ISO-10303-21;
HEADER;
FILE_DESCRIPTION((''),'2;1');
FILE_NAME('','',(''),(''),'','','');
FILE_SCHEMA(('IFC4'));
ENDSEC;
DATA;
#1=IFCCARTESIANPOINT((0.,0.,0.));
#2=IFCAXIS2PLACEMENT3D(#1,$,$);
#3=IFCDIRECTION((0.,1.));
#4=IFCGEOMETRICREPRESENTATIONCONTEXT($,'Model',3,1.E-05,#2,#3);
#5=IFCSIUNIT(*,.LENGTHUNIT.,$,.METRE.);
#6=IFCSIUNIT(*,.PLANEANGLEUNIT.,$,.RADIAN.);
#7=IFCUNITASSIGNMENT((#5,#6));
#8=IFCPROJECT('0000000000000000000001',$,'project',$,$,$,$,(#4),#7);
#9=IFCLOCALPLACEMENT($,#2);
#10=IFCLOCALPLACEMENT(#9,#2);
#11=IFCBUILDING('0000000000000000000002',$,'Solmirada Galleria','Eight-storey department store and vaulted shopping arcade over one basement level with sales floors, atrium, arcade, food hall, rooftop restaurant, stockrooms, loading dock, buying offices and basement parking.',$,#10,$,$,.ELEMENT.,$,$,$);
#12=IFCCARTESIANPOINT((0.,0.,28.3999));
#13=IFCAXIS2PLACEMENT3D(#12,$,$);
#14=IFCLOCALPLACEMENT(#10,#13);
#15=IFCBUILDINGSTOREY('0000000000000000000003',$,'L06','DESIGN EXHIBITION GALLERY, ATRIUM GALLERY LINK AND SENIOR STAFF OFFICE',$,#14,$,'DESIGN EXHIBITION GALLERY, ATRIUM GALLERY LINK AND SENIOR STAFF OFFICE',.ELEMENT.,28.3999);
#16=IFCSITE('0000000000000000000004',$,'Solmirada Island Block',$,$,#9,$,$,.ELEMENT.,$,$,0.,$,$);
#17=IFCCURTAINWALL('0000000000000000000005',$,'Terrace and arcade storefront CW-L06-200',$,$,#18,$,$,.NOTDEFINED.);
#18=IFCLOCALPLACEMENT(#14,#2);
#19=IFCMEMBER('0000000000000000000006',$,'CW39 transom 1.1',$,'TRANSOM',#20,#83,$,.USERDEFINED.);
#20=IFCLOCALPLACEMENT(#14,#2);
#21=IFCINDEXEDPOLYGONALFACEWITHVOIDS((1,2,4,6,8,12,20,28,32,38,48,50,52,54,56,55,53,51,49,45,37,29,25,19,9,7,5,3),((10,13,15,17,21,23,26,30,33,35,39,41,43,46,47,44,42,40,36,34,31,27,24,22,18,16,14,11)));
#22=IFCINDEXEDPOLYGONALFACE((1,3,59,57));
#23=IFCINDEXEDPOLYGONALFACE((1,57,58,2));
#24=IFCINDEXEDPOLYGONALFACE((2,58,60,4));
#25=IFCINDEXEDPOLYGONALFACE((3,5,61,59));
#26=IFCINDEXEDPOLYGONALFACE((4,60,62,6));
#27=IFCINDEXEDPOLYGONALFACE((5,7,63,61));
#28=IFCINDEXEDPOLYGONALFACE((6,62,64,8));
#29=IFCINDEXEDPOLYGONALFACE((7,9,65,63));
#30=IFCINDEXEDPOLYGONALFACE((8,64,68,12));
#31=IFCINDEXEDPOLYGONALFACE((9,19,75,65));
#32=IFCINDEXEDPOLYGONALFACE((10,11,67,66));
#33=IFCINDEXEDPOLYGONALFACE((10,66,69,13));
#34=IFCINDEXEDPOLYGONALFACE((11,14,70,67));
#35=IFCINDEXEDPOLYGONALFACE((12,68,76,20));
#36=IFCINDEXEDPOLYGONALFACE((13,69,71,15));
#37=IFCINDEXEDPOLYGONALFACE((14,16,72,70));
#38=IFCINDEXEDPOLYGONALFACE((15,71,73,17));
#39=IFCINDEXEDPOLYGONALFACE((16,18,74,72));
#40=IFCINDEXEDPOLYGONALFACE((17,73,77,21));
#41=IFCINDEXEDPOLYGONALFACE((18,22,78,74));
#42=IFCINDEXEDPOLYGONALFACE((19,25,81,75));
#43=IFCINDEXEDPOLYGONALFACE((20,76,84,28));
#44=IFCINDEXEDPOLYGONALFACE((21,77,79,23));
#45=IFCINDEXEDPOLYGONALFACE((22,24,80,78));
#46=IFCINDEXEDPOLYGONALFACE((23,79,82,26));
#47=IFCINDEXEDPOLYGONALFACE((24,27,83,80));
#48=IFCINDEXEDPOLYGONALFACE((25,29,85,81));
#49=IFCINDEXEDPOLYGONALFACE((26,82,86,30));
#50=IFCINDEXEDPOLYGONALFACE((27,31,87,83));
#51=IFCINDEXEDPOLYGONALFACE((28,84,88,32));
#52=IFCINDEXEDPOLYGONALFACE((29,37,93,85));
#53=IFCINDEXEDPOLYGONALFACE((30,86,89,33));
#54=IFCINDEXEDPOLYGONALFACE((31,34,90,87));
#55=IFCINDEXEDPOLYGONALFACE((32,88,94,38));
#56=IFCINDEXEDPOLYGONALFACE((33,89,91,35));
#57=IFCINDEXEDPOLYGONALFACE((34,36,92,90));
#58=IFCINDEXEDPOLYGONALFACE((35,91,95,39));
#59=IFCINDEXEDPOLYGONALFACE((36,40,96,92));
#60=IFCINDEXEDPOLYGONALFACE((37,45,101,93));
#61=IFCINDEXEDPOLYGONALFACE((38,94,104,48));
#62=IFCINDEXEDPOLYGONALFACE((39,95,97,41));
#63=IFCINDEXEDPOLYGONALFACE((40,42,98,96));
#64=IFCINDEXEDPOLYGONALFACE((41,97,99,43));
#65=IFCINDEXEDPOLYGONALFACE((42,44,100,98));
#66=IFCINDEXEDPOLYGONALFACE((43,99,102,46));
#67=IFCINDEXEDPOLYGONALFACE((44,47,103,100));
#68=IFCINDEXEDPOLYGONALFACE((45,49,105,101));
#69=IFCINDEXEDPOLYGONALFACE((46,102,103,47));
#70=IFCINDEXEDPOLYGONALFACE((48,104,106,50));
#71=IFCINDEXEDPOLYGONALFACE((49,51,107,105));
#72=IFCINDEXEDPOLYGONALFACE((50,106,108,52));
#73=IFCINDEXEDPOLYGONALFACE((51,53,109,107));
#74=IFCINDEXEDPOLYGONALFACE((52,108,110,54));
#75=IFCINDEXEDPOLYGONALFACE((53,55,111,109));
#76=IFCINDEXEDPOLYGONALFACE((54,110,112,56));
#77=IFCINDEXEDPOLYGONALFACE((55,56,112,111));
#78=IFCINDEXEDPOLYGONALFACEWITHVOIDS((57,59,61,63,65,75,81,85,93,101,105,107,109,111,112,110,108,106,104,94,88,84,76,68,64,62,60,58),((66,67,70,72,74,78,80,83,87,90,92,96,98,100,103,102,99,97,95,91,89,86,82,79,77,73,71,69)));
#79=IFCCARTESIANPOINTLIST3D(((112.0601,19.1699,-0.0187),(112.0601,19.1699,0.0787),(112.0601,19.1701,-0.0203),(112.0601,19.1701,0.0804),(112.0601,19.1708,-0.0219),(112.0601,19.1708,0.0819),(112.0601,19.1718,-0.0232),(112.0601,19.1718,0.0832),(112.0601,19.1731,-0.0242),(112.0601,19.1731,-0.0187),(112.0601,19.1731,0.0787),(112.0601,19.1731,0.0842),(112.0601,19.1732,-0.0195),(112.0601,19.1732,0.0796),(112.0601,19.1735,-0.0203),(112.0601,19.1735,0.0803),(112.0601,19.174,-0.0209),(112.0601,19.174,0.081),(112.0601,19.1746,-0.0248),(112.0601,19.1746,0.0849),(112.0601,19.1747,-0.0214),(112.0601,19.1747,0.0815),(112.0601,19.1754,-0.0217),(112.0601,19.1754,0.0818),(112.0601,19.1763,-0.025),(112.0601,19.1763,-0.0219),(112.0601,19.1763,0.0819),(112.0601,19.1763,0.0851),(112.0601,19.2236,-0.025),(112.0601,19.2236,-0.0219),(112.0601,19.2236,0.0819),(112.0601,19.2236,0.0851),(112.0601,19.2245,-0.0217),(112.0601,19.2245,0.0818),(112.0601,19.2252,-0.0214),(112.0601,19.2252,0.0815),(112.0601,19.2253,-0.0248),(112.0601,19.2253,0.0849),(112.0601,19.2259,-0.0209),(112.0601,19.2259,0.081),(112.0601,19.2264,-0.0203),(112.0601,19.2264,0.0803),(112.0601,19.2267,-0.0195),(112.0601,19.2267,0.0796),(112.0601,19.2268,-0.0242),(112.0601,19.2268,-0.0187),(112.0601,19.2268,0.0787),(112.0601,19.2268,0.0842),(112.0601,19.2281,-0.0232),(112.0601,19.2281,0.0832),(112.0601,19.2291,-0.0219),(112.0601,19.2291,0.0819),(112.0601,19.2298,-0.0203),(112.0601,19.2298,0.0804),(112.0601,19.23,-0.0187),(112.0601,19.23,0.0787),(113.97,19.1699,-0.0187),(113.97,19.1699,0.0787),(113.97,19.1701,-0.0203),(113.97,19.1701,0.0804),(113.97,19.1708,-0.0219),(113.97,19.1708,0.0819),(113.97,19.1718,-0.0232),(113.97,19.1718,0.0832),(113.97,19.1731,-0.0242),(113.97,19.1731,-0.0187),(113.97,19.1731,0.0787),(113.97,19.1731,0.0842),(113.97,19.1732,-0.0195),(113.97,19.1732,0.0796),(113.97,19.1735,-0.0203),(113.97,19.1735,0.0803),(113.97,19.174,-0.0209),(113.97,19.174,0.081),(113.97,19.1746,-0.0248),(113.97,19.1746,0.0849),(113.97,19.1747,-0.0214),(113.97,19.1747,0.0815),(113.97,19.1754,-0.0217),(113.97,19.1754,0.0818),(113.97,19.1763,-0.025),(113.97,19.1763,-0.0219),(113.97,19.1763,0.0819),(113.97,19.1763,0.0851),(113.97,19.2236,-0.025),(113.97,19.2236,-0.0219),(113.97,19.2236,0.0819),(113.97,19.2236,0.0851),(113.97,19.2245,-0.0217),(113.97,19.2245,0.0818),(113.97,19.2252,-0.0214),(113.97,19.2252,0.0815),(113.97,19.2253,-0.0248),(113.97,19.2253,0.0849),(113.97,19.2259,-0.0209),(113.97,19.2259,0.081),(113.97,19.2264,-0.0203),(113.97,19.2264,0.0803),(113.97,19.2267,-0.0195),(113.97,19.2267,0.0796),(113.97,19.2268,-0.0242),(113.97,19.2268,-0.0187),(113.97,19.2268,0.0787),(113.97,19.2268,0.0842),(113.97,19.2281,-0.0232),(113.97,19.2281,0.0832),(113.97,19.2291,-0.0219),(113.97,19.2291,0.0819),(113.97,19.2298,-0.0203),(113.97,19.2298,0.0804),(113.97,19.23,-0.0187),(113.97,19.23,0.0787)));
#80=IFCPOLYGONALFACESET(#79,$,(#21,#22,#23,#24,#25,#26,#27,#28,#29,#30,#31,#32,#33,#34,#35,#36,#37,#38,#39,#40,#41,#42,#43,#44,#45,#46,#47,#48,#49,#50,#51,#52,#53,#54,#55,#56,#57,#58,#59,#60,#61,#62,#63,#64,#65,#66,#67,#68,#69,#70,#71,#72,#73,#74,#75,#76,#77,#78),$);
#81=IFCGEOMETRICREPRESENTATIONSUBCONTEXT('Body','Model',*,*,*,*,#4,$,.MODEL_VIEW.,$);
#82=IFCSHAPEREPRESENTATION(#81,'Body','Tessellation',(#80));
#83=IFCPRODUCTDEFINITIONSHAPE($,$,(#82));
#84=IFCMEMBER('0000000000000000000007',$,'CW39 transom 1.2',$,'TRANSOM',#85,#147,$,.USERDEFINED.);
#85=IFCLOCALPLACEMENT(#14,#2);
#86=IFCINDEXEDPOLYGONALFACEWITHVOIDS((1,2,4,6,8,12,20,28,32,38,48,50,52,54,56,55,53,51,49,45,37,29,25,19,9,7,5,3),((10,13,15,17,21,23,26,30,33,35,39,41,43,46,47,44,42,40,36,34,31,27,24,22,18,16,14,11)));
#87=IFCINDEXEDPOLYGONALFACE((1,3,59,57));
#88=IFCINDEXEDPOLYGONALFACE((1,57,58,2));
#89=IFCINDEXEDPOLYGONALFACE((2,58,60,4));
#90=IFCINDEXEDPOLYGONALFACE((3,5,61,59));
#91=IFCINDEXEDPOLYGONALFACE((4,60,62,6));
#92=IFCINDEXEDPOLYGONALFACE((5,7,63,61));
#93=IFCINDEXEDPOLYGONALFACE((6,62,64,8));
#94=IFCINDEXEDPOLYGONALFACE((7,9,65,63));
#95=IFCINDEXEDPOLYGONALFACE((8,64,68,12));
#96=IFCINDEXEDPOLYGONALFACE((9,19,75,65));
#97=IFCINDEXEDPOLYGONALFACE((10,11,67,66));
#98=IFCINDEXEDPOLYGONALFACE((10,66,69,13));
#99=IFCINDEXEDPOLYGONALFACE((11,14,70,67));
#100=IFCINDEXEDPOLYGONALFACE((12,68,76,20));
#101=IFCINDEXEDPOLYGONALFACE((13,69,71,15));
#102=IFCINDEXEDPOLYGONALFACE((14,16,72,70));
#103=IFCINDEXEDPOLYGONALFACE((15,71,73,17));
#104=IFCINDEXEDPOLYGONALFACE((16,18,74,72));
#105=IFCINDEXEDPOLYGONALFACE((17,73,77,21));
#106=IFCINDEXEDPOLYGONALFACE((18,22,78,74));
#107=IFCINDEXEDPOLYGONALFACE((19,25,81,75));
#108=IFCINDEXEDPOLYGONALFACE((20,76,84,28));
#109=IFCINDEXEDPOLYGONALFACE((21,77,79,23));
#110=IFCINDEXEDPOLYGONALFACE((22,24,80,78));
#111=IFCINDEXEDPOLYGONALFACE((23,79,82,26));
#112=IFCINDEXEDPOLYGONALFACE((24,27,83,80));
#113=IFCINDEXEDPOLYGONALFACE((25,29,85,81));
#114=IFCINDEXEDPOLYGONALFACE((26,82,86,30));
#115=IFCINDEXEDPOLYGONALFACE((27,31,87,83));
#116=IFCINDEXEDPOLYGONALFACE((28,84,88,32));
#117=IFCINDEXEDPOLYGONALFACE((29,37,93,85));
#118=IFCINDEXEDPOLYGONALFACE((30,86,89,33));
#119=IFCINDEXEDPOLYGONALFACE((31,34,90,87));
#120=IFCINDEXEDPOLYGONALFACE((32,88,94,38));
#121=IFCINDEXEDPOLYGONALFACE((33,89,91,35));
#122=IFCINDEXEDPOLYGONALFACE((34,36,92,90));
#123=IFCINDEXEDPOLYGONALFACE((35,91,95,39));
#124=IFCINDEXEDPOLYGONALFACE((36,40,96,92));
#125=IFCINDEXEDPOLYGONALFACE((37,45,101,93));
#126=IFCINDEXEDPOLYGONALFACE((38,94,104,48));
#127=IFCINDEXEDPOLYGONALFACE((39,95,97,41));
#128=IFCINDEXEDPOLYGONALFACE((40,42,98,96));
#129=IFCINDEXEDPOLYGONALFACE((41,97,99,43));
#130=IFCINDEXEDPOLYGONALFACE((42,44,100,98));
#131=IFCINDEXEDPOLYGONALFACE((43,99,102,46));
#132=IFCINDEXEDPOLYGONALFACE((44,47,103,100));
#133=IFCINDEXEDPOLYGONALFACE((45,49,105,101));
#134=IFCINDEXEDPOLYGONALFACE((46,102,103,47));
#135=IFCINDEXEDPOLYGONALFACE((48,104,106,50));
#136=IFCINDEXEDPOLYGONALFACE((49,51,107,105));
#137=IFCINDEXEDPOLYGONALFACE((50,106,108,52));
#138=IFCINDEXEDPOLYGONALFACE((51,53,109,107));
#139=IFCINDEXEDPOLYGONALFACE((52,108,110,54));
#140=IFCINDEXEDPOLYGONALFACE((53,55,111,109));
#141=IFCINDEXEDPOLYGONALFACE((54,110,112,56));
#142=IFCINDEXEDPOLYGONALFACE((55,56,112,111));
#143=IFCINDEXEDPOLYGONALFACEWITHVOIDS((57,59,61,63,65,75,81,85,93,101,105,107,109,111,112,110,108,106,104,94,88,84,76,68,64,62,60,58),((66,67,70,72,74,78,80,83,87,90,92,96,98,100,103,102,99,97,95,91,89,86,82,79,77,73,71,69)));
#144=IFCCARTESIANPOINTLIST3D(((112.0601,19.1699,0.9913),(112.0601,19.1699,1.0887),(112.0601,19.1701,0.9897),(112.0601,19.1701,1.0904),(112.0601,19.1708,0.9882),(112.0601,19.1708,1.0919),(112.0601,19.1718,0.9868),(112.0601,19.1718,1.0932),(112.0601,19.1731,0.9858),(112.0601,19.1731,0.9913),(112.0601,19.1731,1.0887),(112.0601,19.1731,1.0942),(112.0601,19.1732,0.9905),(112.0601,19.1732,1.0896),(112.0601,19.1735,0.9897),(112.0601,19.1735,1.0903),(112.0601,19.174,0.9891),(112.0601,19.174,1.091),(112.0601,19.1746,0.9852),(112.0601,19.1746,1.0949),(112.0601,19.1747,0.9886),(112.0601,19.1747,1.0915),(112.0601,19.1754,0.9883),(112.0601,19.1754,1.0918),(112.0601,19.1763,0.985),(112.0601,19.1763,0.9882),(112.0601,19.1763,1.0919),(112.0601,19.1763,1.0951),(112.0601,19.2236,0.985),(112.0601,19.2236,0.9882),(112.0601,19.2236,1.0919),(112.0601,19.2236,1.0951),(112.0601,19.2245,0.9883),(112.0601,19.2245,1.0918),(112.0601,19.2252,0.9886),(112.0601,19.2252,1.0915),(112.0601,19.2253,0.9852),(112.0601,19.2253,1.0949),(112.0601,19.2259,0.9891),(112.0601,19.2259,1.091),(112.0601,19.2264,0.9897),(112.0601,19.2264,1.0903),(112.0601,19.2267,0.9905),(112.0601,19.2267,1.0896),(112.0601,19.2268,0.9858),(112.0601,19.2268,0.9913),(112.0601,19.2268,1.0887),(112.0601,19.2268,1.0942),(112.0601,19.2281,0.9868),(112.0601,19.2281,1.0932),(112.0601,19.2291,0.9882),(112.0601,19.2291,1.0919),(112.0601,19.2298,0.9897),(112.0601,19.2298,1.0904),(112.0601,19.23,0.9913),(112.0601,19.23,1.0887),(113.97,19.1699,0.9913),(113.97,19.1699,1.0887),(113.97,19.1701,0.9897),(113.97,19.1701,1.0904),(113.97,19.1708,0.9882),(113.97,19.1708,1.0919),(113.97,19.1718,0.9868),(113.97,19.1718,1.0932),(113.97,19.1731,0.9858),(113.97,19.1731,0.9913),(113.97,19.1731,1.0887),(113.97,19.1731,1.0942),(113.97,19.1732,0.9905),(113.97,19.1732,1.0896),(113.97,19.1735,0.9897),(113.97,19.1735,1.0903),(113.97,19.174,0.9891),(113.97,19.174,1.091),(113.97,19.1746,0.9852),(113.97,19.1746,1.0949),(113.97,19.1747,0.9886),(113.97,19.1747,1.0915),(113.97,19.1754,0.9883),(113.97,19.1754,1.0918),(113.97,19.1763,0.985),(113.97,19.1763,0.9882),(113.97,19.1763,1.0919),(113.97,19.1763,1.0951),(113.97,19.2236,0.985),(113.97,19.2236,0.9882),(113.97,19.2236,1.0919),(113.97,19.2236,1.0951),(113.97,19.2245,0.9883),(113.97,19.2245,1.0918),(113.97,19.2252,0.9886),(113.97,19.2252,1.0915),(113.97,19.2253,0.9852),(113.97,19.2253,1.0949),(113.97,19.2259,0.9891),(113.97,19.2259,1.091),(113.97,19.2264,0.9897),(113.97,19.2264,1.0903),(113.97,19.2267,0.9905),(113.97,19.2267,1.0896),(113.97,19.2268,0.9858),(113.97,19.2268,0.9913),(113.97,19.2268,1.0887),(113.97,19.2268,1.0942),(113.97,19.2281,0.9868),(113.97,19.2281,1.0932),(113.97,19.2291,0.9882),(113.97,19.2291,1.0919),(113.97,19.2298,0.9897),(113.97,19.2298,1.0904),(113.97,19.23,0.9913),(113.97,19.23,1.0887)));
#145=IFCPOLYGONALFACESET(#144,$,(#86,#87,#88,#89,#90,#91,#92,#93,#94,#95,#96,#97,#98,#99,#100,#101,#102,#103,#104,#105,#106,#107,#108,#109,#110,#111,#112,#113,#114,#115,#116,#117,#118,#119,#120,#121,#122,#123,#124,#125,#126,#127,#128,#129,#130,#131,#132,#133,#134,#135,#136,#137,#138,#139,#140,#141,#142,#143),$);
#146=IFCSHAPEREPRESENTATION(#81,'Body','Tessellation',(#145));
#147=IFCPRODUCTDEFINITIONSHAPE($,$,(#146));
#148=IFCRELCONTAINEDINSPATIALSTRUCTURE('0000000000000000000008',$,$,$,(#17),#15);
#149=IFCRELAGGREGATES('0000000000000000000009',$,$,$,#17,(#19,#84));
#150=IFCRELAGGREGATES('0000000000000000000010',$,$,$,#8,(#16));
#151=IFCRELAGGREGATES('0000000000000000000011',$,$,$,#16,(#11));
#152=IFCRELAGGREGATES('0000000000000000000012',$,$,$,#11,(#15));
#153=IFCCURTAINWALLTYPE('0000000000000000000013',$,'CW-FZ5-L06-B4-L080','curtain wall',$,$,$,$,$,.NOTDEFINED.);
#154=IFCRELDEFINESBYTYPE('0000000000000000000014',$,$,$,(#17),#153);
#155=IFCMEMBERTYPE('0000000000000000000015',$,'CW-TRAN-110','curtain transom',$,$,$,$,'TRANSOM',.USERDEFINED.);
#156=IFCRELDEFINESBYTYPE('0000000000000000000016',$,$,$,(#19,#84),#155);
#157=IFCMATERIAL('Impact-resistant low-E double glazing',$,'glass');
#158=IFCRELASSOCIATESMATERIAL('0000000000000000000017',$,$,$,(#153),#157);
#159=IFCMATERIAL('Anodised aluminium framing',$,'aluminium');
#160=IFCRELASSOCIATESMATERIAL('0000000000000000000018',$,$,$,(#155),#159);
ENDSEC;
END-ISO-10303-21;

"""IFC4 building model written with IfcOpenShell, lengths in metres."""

from ifc_helpers import new_model, si_unit, direction, frame, origin, origin_2d, place, context, subcontext, project, spatial, hollow_rectangle, extrude, material, material_profile, profile_set, type_object, element, aggregate, save


model = new_model("IFC4")

# Units and contexts
model_context = context("Model", 3, precision=1e-05, world=origin(), true_north=direction((0.0, 1.0)))
body_context = subcontext(model_context, "Body", "Model", "MODEL_VIEW")
ifc_project = project(units=[si_unit("LENGTHUNIT", "METRE"), si_unit("PLANEANGLEUNIT", "RADIAN")], contexts=[model_context])

# Site, building, storey
site_placement = place(None, origin())
site = spatial("IfcSite", under=ifc_project, at=site_placement, Name="Solmirada Island Block", CompositionType="ELEMENT", RefElevation=0.0)
building_placement = place(site_placement, origin())
building = spatial("IfcBuilding", under=site, at=building_placement, Name="Solmirada Galleria", Description="Eight-storey department store and vaulted shopping arcade over one basement level with sales floors, atrium, arcade, food hall, rooftop restaurant, stockrooms, loading dock, buying offices and basement parking.", CompositionType="ELEMENT")
storey_placement = place(building_placement, frame((0.0, 0.0, 28.3999)))
storey = spatial("IfcBuildingStorey", under=building, at=storey_placement, Name="L06", Description="DESIGN EXHIBITION GALLERY, ATRIUM GALLERY LINK AND SENIOR STAFF OFFICE", LongName="DESIGN EXHIBITION GALLERY, ATRIUM GALLERY LINK AND SENIOR STAFF OFFICE", CompositionType="ELEMENT", Elevation=28.3999)

# Curtain wall, members
ifc_material_1 = material(Name="Impact-resistant low-E double glazing", Category="glass")
curtain_wall_type = type_object("IfcCurtainWallType", Name="CW-FZ5-L06-B4-L080", Description="curtain wall", PredefinedType="NOTDEFINED", material=ifc_material_1)
curtain_wall_placement = place(storey_placement, origin())
curtain_wall = element("IfcCurtainWall", 1, at=curtain_wall_placement, inside=storey, type_object=curtain_wall_type, Name="Terrace and arcade storefront CW-L06-200", PredefinedType="NOTDEFINED")
ifc_material_2 = material(Name="Anodised aluminium framing", Category="aluminium")
ifc_material_profile_1 = material_profile(ifc_material_2, hollow_rectangle(XDim=0.0601, YDim=0.1101, WallThickness=0.0032, InnerFilletRadius=0.0032, OuterFilletRadius=0.0063, at=origin_2d()), Name="ALU-TRAN-110X60")
ifc_profile_set_1 = profile_set([ifc_material_profile_1], Name="Anodised aluminium framing")
member_type_1 = type_object("IfcMemberType", Name="CW-TRAN-110", Description="curtain transom", ElementType="TRANSOM", PredefinedType="USERDEFINED", material=ifc_profile_set_1)
member_1_placement = place(storey_placement, frame((112.0601, 19.2, 0.03), z_axis=(1.0, 0.0, 0.0), x_axis=(0.0, 1.0, 0.0)))
member_1 = element("IfcMember", 2, at=member_1_placement, type_object=member_type_1, Name="CW39 transom 1.1", ObjectType="TRANSOM", PredefinedType="USERDEFINED", context=body_context, shape_type="SweptSolid", body=[
    extrude(hollow_rectangle(XDim=0.0601, YDim=0.1101, WallThickness=0.0032, InnerFilletRadius=0.0032, OuterFilletRadius=0.0063, at=origin_2d()), origin(), (0.0, 0.0, 1.0), 1.9099),
])
member_2_placement = place(storey_placement, frame((112.0601, 19.2, 1.04), z_axis=(1.0, 0.0, 0.0), x_axis=(0.0, 1.0, 0.0)))
member_2 = element("IfcMember", 3, at=member_2_placement, type_object=member_type_1, Name="CW39 transom 1.2", ObjectType="TRANSOM", PredefinedType="USERDEFINED", context=body_context, shape_type="SweptSolid", body=[
    extrude(hollow_rectangle(XDim=0.0601, YDim=0.1101, WallThickness=0.0032, InnerFilletRadius=0.0032, OuterFilletRadius=0.0063, at=origin_2d()), origin(), (0.0, 0.0, 1.0), 1.9099),
])
aggregate(curtain_wall, [member_1, member_2])

save(model, "model.ifc")
